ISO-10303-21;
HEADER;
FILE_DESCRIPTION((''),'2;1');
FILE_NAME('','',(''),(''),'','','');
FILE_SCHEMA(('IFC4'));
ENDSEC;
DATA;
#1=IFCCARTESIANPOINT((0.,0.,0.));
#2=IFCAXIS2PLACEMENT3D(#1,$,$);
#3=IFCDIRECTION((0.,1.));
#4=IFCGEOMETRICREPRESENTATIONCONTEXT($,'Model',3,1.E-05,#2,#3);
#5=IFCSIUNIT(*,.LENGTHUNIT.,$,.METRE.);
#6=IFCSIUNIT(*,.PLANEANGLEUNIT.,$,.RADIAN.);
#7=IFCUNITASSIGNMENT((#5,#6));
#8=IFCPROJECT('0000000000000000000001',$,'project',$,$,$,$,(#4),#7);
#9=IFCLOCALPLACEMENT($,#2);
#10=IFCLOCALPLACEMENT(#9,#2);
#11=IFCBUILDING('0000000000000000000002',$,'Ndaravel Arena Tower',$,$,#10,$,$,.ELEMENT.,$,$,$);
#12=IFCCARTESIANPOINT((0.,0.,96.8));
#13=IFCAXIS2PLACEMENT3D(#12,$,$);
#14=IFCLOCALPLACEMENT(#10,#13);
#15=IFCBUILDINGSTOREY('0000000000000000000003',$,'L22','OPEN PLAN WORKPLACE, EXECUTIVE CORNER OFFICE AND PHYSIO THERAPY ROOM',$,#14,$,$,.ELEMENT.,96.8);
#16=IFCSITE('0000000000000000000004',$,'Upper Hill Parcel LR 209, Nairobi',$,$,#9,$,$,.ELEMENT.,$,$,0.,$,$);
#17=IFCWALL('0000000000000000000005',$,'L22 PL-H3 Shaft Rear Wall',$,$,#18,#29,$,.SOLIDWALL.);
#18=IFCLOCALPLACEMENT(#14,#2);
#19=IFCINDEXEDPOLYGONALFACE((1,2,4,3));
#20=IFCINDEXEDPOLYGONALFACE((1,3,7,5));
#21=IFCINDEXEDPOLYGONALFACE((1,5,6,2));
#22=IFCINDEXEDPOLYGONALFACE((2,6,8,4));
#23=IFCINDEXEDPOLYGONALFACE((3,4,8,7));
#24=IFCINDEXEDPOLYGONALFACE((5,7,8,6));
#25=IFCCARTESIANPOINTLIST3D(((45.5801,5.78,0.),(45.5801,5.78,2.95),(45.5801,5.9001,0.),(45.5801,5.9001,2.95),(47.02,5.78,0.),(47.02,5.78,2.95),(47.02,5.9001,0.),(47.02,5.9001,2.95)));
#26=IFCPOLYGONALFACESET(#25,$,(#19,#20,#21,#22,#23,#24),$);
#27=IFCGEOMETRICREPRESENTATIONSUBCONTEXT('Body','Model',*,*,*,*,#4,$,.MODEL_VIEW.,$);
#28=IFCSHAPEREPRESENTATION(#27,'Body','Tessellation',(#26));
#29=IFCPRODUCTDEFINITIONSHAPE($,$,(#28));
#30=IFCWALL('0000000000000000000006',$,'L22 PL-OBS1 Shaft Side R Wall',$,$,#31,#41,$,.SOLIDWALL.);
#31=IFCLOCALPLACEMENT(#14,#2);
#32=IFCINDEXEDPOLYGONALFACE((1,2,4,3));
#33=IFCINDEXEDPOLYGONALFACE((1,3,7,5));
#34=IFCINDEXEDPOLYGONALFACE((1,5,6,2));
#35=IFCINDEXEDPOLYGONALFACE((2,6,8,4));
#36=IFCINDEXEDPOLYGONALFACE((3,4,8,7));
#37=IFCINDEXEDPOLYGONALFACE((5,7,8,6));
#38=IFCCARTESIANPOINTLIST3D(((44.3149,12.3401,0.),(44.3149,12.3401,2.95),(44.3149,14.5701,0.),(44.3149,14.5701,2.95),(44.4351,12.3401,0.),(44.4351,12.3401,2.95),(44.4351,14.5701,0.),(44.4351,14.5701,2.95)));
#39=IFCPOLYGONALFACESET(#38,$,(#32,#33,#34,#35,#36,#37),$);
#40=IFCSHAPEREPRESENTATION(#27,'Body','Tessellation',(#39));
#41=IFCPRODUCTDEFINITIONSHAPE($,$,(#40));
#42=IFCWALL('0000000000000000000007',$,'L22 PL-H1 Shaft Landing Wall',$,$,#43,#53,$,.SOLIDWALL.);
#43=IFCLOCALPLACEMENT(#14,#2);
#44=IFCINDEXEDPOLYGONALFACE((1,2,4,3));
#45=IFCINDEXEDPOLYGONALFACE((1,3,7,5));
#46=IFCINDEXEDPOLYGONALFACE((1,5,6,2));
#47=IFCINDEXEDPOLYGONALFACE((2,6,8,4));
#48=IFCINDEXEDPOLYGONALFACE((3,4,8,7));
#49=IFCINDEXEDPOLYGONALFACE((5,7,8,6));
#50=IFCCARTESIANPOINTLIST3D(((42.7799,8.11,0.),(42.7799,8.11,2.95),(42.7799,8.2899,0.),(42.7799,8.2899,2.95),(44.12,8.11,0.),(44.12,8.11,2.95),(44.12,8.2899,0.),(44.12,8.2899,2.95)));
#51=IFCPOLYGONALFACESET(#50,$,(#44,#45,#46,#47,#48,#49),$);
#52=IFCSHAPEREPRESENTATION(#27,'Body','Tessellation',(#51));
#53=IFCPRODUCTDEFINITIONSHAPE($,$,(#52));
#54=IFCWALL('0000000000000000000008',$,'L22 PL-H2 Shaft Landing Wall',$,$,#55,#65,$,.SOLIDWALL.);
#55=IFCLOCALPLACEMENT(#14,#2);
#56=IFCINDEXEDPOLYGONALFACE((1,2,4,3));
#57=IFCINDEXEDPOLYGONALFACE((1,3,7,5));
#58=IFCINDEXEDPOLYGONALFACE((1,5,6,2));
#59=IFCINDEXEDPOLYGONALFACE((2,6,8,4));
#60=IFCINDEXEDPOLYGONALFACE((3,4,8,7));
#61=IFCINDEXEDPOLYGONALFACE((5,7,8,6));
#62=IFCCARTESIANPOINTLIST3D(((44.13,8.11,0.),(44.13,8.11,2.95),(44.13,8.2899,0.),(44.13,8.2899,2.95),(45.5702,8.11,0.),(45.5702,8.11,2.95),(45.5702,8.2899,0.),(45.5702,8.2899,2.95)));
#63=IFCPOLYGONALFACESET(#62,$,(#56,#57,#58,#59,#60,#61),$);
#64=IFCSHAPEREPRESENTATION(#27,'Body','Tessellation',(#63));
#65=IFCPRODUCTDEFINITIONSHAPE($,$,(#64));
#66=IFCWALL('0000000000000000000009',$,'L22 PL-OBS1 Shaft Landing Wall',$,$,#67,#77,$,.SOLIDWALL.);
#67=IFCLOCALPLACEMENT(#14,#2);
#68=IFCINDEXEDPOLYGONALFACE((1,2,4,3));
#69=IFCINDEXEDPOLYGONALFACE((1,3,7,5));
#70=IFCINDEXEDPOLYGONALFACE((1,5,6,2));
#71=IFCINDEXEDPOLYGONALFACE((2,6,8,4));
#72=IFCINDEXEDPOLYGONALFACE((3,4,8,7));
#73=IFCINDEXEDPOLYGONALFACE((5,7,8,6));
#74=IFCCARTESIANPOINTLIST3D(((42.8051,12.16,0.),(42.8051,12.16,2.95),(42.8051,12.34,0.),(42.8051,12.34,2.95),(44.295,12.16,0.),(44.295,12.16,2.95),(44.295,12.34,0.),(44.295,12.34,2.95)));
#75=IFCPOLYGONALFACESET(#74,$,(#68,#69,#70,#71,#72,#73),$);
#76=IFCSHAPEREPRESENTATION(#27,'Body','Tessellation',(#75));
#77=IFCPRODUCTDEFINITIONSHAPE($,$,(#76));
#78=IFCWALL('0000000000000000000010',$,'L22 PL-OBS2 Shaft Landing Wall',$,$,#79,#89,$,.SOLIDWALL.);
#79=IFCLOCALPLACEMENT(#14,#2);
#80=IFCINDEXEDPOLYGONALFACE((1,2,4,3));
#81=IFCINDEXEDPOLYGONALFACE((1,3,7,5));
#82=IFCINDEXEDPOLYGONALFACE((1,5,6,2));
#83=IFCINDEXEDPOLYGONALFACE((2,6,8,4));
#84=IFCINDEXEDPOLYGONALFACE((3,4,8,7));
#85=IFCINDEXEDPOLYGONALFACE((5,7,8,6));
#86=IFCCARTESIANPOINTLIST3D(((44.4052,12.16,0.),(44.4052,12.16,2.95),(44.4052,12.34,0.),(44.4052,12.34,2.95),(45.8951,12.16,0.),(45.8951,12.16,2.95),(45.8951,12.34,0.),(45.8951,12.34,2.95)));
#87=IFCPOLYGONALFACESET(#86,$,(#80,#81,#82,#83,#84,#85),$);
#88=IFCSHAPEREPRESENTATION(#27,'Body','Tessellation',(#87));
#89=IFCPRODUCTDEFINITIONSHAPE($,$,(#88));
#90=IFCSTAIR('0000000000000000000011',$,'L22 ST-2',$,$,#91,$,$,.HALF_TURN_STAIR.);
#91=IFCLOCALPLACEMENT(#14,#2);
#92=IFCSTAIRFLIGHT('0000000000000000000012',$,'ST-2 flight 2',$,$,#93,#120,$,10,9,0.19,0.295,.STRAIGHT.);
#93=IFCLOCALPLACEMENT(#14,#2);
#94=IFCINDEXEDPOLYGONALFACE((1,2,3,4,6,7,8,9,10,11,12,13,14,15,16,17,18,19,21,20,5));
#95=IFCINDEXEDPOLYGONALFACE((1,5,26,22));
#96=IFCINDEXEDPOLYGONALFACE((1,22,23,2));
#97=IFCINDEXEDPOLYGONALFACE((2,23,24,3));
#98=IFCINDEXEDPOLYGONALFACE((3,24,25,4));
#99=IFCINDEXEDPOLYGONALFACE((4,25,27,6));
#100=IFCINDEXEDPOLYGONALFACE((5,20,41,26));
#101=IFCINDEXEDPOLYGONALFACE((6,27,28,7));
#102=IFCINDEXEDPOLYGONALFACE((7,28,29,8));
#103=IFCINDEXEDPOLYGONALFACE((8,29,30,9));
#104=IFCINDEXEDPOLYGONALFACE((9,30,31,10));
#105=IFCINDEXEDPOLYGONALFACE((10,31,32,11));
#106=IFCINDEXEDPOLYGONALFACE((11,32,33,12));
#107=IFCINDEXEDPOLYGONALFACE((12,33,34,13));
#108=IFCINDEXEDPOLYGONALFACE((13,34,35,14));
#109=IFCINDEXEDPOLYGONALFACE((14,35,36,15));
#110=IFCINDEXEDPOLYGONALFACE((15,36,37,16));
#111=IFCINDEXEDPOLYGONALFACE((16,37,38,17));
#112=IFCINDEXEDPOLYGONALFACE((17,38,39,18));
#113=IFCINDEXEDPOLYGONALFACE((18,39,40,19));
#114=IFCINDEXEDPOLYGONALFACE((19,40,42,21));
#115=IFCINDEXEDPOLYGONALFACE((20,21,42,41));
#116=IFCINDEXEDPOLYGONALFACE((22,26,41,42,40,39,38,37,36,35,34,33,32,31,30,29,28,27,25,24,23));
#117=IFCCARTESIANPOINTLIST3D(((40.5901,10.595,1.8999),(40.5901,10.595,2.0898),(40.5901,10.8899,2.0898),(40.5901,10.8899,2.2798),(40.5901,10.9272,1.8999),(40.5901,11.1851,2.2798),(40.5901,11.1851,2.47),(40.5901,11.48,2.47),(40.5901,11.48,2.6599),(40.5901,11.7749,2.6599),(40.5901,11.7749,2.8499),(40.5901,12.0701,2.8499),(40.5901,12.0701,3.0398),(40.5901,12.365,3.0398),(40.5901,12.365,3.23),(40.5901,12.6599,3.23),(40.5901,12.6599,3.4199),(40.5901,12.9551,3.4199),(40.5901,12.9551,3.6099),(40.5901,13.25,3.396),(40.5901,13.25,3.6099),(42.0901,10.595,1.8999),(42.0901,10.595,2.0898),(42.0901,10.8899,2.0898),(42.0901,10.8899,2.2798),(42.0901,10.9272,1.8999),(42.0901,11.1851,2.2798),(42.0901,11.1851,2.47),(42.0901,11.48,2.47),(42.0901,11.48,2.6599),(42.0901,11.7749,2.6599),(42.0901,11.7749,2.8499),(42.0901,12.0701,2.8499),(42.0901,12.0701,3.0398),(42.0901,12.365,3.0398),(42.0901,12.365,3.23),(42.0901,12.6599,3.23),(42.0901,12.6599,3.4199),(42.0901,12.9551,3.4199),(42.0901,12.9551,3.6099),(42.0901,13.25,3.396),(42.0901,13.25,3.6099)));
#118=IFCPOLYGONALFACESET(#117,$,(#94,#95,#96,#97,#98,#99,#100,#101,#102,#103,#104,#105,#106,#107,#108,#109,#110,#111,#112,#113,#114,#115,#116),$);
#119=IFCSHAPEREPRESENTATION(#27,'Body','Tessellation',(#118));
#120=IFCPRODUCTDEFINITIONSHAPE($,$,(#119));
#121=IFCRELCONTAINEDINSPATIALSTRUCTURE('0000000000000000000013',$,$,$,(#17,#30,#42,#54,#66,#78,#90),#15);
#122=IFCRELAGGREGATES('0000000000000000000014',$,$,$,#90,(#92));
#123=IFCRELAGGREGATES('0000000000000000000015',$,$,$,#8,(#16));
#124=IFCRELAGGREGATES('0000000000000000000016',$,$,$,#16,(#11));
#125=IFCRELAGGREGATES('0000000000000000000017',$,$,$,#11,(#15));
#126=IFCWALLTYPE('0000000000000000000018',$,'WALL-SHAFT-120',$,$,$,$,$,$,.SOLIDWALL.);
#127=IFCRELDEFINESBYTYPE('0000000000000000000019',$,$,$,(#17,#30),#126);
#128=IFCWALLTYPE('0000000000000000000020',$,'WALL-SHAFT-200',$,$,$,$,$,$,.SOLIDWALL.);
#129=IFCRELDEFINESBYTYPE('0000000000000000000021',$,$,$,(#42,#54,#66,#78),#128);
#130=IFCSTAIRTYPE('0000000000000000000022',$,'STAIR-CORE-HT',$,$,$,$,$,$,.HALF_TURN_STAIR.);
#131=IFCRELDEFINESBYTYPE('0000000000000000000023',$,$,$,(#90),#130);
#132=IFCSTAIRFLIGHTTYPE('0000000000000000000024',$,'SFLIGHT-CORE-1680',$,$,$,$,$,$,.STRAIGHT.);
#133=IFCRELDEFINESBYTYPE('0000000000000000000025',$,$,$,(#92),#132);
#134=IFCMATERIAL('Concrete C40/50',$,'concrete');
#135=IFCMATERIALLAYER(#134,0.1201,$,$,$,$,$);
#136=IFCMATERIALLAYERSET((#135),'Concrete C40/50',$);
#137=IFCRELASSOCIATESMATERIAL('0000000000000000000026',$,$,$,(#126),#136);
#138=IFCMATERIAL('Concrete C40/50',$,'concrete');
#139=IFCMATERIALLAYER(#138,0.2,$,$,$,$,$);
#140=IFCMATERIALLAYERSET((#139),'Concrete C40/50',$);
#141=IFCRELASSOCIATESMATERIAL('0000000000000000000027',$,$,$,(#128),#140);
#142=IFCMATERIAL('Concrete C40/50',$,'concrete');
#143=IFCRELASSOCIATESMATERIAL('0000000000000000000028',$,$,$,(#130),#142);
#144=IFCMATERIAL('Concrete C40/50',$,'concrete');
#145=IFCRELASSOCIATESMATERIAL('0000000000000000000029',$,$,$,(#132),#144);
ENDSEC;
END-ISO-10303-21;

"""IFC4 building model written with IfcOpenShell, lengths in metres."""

from ifc_helpers import new_model, si_unit, direction, frame, frame_2d, origin, place, context, subcontext, project, spatial, polyline, rectangle, outline, extrude, material, layer, layer_set, type_object, element, aggregate, save


model = new_model("IFC4")

# Units and contexts
model_context = context("Model", 3, precision=1e-05, world=origin(), true_north=direction((0.0, 1.0)))
body_context = subcontext(model_context, "Body", "Model", "MODEL_VIEW")
ifc_project = project(units=[si_unit("LENGTHUNIT", "METRE"), si_unit("PLANEANGLEUNIT", "RADIAN")], contexts=[model_context])

# Site, building, storey
site_placement = place(None, origin())
site = spatial("IfcSite", under=ifc_project, at=site_placement, Name="Upper Hill Parcel LR 209, Nairobi", CompositionType="ELEMENT", RefElevation=0.0)
building_placement = place(site_placement, origin())
building = spatial("IfcBuilding", under=site, at=building_placement, Name="Ndaravel Arena Tower", CompositionType="ELEMENT")
storey_placement = place(building_placement, frame((0.0, 0.0, 96.8)))
storey = spatial("IfcBuildingStorey", under=building, at=storey_placement, Name="L22", Description="OPEN PLAN WORKPLACE, EXECUTIVE CORNER OFFICE AND PHYSIO THERAPY ROOM", CompositionType="ELEMENT", Elevation=96.8)

# Walls
ifc_material_1 = material(Name="Concrete C40/50", Category="concrete")
ifc_layer_1 = layer(ifc_material_1, 0.1201)
ifc_layer_set_1 = layer_set([ifc_layer_1], Name="Concrete C40/50")
wall_type_1 = type_object("IfcWallType", Name="WALL-SHAFT-120", PredefinedType="SOLIDWALL", material=ifc_layer_set_1)
wall_1_placement = place(storey_placement, frame((45.5801, 5.8401, 0.0), z_axis=(0.0, 0.0, 1.0), x_axis=(1.0, 0.0, 0.0)))
element("IfcWall", 1, at=wall_1_placement, inside=storey, type_object=wall_type_1, Name="L22 PL-H3 Shaft Rear Wall", PredefinedType="SOLIDWALL", context=body_context, shape_type="SweptSolid", body=[
    extrude(rectangle(XDim=1.4399, YDim=0.1201, at=frame_2d((0.72, 0.0))), origin(), (0.0, 0.0, 1.0), 2.95),
])
wall_2_placement = place(storey_placement, frame((44.375, 12.3401, 0.0), z_axis=(0.0, 0.0, 1.0), x_axis=(0.0, 1.0, 0.0)))
element("IfcWall", 2, at=wall_2_placement, inside=storey, type_object=wall_type_1, Name="L22 PL-OBS1 Shaft Side R Wall", PredefinedType="SOLIDWALL", context=body_context, shape_type="SweptSolid", body=[
    extrude(rectangle(XDim=2.23, YDim=0.1201, at=frame_2d((1.115, 0.0))), origin(), (0.0, 0.0, 1.0), 2.95),
])
ifc_material_2 = material(Name="Concrete C40/50", Category="concrete")
ifc_layer_2 = layer(ifc_material_2, 0.2)
ifc_layer_set_2 = layer_set([ifc_layer_2], Name="Concrete C40/50")
wall_type_2 = type_object("IfcWallType", Name="WALL-SHAFT-200", PredefinedType="SOLIDWALL", material=ifc_layer_set_2)
wall_3_placement = place(storey_placement, frame((42.78, 8.2, 0.0), z_axis=(0.0, 0.0, 1.0), x_axis=(1.0, 0.0, 0.0)))
element("IfcWall", 3, at=wall_3_placement, inside=storey, type_object=wall_type_2, Name="L22 PL-H1 Shaft Landing Wall", PredefinedType="SOLIDWALL", context=body_context, shape_type="SweptSolid", body=[
    extrude(rectangle(XDim=1.3401, YDim=0.1799, at=frame_2d((0.6699, 0.0))), origin(), (0.0, 0.0, 1.0), 2.95),
])
wall_4_placement = place(storey_placement, frame((44.1299, 8.2, 0.0), z_axis=(0.0, 0.0, 1.0), x_axis=(1.0, 0.0, 0.0)))
element("IfcWall", 4, at=wall_4_placement, inside=storey, type_object=wall_type_2, Name="L22 PL-H2 Shaft Landing Wall", PredefinedType="SOLIDWALL", context=body_context, shape_type="SweptSolid", body=[
    extrude(rectangle(XDim=1.4402, YDim=0.1799, at=frame_2d((0.7202, 0.0))), origin(), (0.0, 0.0, 1.0), 2.95),
])
for number, where, z_axis, x_axis, name in (
    (5, (42.8049, 12.25, 0.0), (0.0, 0.0, 1.0), (1.0, 0.0, 0.0), "L22 PL-OBS1 Shaft Landing Wall"),
    (6, (44.405, 12.25, 0.0), (0.0, 0.0, 1.0), (1.0, 0.0, 0.0), "L22 PL-OBS2 Shaft Landing Wall"),
):
    element("IfcWall", number, at=place(storey_placement, frame(where, z_axis=z_axis, x_axis=x_axis)), inside=storey, type_object=wall_type_2, Name=name, PredefinedType="SOLIDWALL", context=body_context, shape_type="SweptSolid", body=[
        extrude(rectangle(XDim=1.49, YDim=0.1799, at=frame_2d((0.7451, 0.0))), origin(), (0.0, 0.0, 1.0), 2.95),
    ])

# Stair, stair flight
ifc_material_3 = material(Name="Concrete C40/50", Category="concrete")
stair_type = type_object("IfcStairType", Name="STAIR-CORE-HT", PredefinedType="HALF_TURN_STAIR", material=ifc_material_3)
stair_placement = place(storey_placement, origin())
stair = element("IfcStair", 7, at=stair_placement, inside=storey, type_object=stair_type, Name="L22 ST-2", PredefinedType="HALF_TURN_STAIR")
ifc_material_4 = material(Name="Concrete C40/50", Category="concrete")
stair_flight_type = type_object("IfcStairFlightType", Name="SFLIGHT-CORE-1680", PredefinedType="STRAIGHT", material=ifc_material_4)
stair_flight_placement = place(storey_placement, frame((41.3401, 10.595, 1.8999), z_axis=(0.0, 0.0, 1.0), x_axis=(0.0, 1.0, 0.0)))
stair_flight = element("IfcStairFlight", 8, at=stair_flight_placement, type_object=stair_flight_type, Name="ST-2 flight 2", NumberOfRisers=10, NumberOfTreads=9, PredefinedType="STRAIGHT", RiserHeight=0.19, TreadLength=0.295, context=body_context, shape_type="SweptSolid", body=[
    extrude(outline(polyline([(0.0, 0.0), (0.0, 0.1899), (0.2949, 0.1899), (0.2949, 0.3799), (0.5901, 0.3799), (0.5901, 0.5701), (0.885, 0.5701), (0.885, 0.76), (1.1799, 0.76), (1.1799, 0.95), (1.4751, 0.95), (1.4751, 1.1399), (1.77, 1.1399), (1.77, 1.3301), (2.0649, 1.3301), (2.0649, 1.52), (2.3601, 1.52), (2.3601, 1.71), (2.655, 1.71), (2.655, 1.8999), (2.655, 1.4961), (0.3323, 0.0), (0.0, 0.0)])), frame((0.0, 0.75, 0.0), z_axis=(0.0, -1.0, 0.0), x_axis=(1.0, 0.0, 0.0)), (0.0, 0.0, 1.0), 1.5),
])
aggregate(stair, [stair_flight])

save(model, "model.ifc")
